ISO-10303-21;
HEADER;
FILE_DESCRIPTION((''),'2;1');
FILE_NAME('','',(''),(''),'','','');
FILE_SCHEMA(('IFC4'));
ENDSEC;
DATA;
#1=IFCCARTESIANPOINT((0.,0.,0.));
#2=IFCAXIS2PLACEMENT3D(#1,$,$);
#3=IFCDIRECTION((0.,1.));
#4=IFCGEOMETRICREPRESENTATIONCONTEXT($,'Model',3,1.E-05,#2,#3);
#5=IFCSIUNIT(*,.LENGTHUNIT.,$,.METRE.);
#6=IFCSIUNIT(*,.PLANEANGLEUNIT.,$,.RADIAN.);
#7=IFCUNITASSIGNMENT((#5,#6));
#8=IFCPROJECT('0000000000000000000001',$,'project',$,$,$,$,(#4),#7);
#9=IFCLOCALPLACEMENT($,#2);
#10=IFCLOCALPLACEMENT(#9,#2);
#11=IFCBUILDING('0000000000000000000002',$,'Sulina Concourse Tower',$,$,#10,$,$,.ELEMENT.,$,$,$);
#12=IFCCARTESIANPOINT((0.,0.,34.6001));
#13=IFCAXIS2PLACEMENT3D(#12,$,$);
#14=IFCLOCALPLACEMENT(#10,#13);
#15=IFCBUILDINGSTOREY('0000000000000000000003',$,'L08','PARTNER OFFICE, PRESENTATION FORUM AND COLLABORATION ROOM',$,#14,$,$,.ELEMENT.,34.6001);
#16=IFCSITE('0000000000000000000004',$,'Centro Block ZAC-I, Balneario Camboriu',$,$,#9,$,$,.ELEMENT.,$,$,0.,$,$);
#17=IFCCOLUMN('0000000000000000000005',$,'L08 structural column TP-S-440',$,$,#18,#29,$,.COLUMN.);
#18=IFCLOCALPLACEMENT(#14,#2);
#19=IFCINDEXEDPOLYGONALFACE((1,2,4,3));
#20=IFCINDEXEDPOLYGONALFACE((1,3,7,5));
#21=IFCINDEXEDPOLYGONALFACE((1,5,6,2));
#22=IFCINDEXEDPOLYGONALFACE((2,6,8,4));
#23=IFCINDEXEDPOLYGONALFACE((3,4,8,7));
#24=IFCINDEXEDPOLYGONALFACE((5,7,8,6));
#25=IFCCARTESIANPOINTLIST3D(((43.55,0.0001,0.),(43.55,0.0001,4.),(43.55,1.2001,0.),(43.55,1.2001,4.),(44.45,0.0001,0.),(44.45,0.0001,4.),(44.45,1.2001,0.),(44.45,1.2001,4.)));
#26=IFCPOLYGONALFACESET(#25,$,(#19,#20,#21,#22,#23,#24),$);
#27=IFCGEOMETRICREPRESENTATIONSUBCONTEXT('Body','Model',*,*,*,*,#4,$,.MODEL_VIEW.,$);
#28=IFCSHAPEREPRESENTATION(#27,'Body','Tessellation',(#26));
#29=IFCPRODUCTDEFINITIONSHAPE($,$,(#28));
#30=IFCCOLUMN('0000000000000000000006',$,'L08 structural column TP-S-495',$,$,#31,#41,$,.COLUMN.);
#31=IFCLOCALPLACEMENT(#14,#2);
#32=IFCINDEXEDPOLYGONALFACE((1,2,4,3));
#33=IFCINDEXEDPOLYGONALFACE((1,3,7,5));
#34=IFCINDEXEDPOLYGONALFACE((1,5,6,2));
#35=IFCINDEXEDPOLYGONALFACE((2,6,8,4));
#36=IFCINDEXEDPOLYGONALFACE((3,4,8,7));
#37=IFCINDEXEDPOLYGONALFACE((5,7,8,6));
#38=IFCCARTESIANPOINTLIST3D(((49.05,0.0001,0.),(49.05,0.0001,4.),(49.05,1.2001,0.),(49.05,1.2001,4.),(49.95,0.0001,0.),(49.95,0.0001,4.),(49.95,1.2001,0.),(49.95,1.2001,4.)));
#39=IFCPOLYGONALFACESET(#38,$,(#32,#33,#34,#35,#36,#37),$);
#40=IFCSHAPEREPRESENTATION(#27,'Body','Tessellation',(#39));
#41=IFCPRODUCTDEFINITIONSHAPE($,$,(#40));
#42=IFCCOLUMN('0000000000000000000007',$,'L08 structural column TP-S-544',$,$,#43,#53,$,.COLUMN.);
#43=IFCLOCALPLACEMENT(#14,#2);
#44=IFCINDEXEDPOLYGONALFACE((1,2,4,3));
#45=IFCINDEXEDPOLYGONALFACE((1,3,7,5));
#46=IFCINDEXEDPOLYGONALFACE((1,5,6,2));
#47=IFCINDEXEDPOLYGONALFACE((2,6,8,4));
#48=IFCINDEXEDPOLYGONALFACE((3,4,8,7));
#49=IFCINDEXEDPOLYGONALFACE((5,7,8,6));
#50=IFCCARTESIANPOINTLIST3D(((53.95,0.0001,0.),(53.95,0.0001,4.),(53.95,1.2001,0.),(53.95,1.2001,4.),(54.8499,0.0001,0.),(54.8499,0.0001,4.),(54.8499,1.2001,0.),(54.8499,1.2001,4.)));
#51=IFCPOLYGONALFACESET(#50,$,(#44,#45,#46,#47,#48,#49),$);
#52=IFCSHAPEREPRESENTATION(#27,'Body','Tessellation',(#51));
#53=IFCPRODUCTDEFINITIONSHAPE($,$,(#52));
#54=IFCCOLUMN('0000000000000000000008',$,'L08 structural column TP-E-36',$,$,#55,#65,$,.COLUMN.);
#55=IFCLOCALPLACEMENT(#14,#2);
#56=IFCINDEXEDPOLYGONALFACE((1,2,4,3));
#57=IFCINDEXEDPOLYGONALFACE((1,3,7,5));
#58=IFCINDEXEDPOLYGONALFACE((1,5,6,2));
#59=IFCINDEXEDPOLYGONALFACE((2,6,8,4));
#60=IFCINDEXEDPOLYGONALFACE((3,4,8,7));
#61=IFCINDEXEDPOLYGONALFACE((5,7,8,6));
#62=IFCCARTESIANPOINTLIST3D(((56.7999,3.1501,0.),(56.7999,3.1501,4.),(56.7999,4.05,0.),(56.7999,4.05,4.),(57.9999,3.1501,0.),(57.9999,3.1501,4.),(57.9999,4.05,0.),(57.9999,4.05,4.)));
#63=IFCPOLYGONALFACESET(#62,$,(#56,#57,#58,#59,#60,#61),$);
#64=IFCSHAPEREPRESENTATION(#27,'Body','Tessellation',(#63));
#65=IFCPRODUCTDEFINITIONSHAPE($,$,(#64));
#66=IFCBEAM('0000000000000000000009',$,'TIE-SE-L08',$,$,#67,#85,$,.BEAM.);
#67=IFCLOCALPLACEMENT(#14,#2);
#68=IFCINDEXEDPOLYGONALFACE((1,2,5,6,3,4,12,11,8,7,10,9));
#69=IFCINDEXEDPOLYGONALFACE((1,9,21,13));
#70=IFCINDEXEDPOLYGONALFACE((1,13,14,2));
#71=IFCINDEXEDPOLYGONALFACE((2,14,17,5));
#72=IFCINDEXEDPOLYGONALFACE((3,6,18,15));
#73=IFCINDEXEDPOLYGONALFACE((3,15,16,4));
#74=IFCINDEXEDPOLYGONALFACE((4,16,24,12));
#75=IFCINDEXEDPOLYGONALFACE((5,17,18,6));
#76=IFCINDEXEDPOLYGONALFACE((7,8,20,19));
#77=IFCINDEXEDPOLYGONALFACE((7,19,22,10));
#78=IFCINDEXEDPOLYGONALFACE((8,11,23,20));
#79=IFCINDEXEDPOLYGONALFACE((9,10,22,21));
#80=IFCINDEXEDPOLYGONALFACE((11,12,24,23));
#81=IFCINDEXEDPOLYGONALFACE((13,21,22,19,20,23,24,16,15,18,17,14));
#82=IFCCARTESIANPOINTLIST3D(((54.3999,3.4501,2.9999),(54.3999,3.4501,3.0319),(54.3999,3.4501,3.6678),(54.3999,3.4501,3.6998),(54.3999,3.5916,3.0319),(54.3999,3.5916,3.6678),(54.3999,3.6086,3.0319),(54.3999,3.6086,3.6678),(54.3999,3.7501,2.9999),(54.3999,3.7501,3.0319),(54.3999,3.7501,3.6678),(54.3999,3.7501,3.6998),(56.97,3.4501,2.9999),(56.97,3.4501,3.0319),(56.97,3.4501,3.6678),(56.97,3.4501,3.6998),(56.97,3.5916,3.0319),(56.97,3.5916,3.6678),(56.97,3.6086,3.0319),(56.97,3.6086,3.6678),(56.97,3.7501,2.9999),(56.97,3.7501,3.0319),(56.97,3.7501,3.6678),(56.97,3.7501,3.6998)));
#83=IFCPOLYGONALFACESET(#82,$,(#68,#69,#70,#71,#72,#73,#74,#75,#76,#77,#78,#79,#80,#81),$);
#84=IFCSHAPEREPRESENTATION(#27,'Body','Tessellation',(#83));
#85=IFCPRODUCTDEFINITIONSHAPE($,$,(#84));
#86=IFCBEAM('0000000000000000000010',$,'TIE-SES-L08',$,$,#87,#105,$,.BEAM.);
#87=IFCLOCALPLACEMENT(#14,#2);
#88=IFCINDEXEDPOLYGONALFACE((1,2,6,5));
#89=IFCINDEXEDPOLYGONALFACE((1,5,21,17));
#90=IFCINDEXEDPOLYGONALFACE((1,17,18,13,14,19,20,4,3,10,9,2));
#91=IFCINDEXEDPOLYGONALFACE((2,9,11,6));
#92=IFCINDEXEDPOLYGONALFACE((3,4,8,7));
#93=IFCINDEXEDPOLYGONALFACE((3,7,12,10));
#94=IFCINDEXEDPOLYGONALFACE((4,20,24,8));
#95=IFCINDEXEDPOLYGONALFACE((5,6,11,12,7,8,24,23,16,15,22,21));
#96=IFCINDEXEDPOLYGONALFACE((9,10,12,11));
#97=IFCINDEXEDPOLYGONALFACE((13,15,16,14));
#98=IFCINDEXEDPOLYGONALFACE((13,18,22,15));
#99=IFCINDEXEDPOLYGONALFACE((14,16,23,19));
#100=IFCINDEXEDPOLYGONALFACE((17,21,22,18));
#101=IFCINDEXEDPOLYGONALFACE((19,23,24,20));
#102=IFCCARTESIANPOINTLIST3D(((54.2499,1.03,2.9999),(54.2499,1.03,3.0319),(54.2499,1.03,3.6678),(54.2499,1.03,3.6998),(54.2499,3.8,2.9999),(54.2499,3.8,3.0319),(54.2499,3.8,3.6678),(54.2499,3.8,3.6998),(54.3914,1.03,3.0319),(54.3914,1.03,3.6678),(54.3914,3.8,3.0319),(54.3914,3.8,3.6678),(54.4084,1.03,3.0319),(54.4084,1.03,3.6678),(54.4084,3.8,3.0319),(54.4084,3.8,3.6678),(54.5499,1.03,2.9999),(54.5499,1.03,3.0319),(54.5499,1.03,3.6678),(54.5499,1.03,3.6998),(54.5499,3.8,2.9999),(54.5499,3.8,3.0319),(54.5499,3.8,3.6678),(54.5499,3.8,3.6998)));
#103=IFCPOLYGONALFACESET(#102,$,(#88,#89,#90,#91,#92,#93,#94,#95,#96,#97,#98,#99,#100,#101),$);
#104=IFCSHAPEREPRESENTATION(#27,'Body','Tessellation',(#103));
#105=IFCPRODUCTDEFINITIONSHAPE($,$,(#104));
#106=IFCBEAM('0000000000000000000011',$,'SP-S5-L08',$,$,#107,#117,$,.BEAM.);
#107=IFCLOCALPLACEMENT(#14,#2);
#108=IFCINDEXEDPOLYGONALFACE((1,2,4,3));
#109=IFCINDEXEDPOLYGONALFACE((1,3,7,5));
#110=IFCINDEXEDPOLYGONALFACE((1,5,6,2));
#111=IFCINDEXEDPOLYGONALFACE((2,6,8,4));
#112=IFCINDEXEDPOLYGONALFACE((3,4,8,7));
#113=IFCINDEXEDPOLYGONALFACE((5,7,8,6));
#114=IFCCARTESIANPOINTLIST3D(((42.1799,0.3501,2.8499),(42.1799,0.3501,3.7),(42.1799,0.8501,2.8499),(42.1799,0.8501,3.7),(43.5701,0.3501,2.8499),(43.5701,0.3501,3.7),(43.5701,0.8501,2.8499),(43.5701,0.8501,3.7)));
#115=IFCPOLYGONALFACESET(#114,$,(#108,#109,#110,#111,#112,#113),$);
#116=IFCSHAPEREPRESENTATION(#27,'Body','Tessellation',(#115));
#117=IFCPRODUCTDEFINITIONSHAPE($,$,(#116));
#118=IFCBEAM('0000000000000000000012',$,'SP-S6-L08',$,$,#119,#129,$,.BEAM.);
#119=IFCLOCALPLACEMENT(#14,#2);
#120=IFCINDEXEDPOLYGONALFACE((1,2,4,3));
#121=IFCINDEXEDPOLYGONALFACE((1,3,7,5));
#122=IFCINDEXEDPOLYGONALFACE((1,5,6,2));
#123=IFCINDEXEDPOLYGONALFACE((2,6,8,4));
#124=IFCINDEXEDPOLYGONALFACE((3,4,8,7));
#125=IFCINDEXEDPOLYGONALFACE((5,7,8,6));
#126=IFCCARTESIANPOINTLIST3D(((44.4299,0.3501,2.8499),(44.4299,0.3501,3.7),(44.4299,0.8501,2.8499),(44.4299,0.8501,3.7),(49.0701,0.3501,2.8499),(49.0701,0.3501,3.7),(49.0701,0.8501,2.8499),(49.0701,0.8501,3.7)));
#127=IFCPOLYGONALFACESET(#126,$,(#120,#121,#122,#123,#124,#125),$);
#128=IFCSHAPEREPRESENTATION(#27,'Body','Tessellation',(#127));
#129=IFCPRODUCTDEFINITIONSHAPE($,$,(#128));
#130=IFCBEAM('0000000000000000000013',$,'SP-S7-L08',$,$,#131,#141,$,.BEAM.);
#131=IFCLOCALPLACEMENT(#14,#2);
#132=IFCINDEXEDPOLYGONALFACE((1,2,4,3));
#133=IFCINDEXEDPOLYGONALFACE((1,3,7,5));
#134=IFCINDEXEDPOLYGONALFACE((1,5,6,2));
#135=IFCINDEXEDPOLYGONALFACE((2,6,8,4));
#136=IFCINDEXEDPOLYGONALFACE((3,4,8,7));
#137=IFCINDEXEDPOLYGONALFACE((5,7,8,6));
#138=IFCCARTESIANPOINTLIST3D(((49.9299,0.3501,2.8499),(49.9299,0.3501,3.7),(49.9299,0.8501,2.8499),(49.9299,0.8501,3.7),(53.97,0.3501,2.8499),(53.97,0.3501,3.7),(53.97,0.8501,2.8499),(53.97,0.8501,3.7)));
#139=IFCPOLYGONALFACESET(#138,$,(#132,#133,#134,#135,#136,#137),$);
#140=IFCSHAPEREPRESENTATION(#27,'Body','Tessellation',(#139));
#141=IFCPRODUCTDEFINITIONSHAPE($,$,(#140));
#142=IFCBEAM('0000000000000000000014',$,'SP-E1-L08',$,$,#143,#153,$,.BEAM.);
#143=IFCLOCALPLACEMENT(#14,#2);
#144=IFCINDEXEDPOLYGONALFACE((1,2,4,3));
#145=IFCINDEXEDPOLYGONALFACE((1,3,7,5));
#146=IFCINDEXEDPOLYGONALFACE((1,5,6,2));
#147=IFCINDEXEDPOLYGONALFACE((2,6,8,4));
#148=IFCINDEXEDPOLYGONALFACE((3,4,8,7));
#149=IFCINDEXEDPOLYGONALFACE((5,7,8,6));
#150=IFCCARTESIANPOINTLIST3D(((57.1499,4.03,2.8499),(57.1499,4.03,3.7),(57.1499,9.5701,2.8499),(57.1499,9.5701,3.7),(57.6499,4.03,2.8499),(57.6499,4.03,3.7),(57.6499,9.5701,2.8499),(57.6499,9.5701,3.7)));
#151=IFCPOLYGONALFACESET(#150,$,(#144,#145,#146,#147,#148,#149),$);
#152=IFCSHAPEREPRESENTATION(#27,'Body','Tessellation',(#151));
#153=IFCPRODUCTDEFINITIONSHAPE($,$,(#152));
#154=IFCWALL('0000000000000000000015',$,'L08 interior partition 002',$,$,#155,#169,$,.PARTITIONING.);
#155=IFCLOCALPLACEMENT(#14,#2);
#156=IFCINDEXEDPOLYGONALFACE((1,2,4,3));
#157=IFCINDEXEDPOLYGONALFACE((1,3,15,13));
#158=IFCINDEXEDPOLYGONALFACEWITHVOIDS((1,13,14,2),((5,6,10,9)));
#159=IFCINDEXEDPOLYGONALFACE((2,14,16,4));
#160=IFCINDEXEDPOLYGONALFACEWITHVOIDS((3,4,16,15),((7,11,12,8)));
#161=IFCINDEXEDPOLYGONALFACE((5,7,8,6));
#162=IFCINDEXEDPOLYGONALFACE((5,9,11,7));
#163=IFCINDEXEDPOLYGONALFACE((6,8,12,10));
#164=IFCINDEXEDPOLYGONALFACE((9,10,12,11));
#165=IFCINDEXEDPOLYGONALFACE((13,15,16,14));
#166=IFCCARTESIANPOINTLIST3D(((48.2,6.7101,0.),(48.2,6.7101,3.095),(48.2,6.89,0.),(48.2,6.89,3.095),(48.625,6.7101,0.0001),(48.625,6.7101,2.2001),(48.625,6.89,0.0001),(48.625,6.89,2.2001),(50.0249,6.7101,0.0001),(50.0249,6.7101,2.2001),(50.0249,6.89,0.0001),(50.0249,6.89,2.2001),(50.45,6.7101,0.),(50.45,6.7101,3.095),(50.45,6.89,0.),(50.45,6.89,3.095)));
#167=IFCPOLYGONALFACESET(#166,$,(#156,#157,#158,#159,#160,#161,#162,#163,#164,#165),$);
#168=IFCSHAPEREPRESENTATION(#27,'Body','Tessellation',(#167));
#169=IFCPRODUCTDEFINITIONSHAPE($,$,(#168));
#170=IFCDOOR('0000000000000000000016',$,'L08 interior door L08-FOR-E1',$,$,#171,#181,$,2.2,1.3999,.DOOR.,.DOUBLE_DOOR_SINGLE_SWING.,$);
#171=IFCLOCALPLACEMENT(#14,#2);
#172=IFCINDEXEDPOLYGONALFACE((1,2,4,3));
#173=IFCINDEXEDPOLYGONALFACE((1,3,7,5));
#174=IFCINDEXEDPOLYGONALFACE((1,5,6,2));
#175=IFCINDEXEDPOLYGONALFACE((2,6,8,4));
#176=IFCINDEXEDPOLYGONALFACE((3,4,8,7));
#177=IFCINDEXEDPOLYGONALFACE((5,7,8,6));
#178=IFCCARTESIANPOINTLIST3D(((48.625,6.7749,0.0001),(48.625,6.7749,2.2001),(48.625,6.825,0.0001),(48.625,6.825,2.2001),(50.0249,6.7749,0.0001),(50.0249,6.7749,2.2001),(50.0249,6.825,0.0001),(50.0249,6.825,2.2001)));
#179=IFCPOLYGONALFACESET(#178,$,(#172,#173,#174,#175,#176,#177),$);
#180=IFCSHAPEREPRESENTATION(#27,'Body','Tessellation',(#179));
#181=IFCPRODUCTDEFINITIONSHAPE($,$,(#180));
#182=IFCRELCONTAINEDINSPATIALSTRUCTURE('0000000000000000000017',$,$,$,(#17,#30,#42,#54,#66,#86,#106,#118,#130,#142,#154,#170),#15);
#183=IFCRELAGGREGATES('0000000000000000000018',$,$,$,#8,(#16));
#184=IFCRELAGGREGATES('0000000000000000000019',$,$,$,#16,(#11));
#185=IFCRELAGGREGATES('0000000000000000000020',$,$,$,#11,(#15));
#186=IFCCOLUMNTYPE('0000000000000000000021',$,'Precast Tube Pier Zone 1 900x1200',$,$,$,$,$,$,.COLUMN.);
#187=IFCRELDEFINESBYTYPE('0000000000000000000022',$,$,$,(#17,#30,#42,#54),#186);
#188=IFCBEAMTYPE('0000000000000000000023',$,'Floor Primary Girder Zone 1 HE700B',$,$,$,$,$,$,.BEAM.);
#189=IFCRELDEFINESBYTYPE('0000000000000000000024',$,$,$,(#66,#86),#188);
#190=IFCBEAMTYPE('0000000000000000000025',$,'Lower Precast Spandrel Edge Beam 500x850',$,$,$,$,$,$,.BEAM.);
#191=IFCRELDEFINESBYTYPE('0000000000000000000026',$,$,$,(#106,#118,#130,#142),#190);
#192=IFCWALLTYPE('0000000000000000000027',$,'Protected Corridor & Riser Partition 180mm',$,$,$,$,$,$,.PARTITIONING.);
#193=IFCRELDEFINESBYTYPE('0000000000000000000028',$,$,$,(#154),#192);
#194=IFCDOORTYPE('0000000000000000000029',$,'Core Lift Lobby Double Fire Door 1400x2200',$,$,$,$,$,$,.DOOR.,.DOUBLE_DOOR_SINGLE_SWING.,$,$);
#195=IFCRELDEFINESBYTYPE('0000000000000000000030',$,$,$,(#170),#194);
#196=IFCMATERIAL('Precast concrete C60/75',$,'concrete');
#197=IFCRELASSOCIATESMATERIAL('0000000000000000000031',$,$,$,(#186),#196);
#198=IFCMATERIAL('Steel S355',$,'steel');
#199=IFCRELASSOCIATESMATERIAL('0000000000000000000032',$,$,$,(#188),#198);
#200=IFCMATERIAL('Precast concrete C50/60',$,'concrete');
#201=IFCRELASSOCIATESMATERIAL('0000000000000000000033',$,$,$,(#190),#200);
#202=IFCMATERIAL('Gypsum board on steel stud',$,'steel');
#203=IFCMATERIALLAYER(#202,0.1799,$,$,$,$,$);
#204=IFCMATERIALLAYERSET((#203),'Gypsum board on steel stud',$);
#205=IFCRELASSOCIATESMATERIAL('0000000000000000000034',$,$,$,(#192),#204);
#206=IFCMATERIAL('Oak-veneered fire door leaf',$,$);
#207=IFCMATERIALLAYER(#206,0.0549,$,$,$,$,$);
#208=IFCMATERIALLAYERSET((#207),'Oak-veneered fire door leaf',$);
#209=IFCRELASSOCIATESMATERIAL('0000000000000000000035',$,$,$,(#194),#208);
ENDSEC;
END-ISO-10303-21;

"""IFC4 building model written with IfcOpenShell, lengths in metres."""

from ifc_helpers import new_model, si_unit, direction, frame, frame_2d, origin, origin_2d, place, context, subcontext, project, spatial, rectangle, i_section, extrude, material, layer, layer_set, material_profile, profile_set, type_object, element, fill, save


model = new_model("IFC4")

# Units and contexts
model_context = context("Model", 3, precision=1e-05, world=origin(), true_north=direction((0.0, 1.0)))
body_context = subcontext(model_context, "Body", "Model", "MODEL_VIEW")
ifc_project = project(units=[si_unit("LENGTHUNIT", "METRE"), si_unit("PLANEANGLEUNIT", "RADIAN")], contexts=[model_context])

# Site, building, storey
site_placement = place(None, origin())
site = spatial("IfcSite", under=ifc_project, at=site_placement, Name="Centro Block ZAC-I, Balneario Camboriu", CompositionType="ELEMENT", RefElevation=0.0)
building_placement = place(site_placement, origin())
building = spatial("IfcBuilding", under=site, at=building_placement, Name="Sulina Concourse Tower", CompositionType="ELEMENT")
storey_placement = place(building_placement, frame((0.0, 0.0, 34.6001)))
storey = spatial("IfcBuildingStorey", under=building, at=storey_placement, Name="L08", Description="PARTNER OFFICE, PRESENTATION FORUM AND COLLABORATION ROOM", CompositionType="ELEMENT", Elevation=34.6001)

# Columns
ifc_material_1 = material(Name="Precast concrete C60/75", Category="concrete")
ifc_material_profile_1 = material_profile(ifc_material_1, rectangle(XDim=0.8999, YDim=1.2, at=origin_2d()), Name="PC 900x1200")
ifc_profile_set_1 = profile_set([ifc_material_profile_1], Name="Precast concrete C60/75")
column_type = type_object("IfcColumnType", Name="Precast Tube Pier Zone 1 900x1200", PredefinedType="COLUMN", material=ifc_profile_set_1)
for number, where, z_axis, x_axis, name in (
    (1, (44.0, 0.6001, 0.0), (0.0, 0.0, 1.0), (1.0, 0.0, 0.0), "L08 structural column TP-S-440"),
    (2, (49.5, 0.6001, 0.0), (0.0, 0.0, 1.0), (1.0, 0.0, 0.0), "L08 structural column TP-S-495"),
    (3, (54.3999, 0.6001, 0.0), (0.0, 0.0, 1.0), (1.0, 0.0, 0.0), "L08 structural column TP-S-544"),
    (4, (57.3999, 3.6001, 0.0), (0.0, 0.0, 1.0), (0.0, 1.0, 0.0), "L08 structural column TP-E-36"),
):
    element("IfcColumn", number, at=place(storey_placement, frame(where, z_axis=z_axis, x_axis=x_axis)), inside=storey, type_object=column_type, Name=name, PredefinedType="COLUMN", context=body_context, shape_type="SweptSolid", body=[
        extrude(rectangle(XDim=0.8999, YDim=1.2, at=origin_2d()), origin(), (0.0, 0.0, 1.0), 4.0),
    ])

# Beams
ifc_material_2 = material(Name="Steel S355", Category="steel")
ifc_material_profile_2 = material_profile(ifc_material_2, i_section(OverallWidth=0.3, OverallDepth=0.7, WebThickness=0.0171, FlangeThickness=0.032, at=origin_2d()), Name="HE 700 B")
ifc_profile_set_2 = profile_set([ifc_material_profile_2], Name="Steel S355")
beam_type_1 = type_object("IfcBeamType", Name="Floor Primary Girder Zone 1 HE700B", PredefinedType="BEAM", material=ifc_profile_set_2)
beam_1_placement = place(storey_placement, frame((54.3999, 3.6001, 3.3499), z_axis=(1.0, 0.0, 0.0), x_axis=(0.0, 1.0, 0.0)))
element("IfcBeam", 5, at=beam_1_placement, inside=storey, type_object=beam_type_1, Name="TIE-SE-L08", PredefinedType="BEAM", context=body_context, shape_type="SweptSolid", body=[
    extrude(i_section(OverallWidth=0.3, OverallDepth=0.7, WebThickness=0.0171, FlangeThickness=0.032, at=origin_2d()), origin(), (0.0, 0.0, 1.0), 2.5701),
])
beam_2_placement = place(storey_placement, frame((54.3999, 1.03, 3.3499), z_axis=(0.0, 1.0, 0.0), x_axis=(-1.0, 0.0, 0.0)))
element("IfcBeam", 6, at=beam_2_placement, inside=storey, type_object=beam_type_1, Name="TIE-SES-L08", PredefinedType="BEAM", context=body_context, shape_type="SweptSolid", body=[
    extrude(i_section(OverallWidth=0.3, OverallDepth=0.7, WebThickness=0.0171, FlangeThickness=0.032, at=origin_2d()), origin(), (0.0, 0.0, 1.0), 2.77),
])
ifc_material_3 = material(Name="Precast concrete C50/60", Category="concrete")
ifc_material_profile_3 = material_profile(ifc_material_3, rectangle(XDim=0.5, YDim=0.8501, at=origin_2d()), Name="RC 500x850")
ifc_profile_set_3 = profile_set([ifc_material_profile_3], Name="Precast concrete C50/60")
beam_type_2 = type_object("IfcBeamType", Name="Lower Precast Spandrel Edge Beam 500x850", PredefinedType="BEAM", material=ifc_profile_set_3)
beam_3_placement = place(storey_placement, frame((42.1799, 0.6001, 3.2749), z_axis=(1.0, 0.0, 0.0), x_axis=(0.0, 1.0, 0.0)))
element("IfcBeam", 7, at=beam_3_placement, inside=storey, type_object=beam_type_2, Name="SP-S5-L08", PredefinedType="BEAM", context=body_context, shape_type="SweptSolid", body=[
    extrude(rectangle(XDim=0.5, YDim=0.8501, at=origin_2d()), origin(), (0.0, 0.0, 1.0), 1.3901),
])
beam_4_placement = place(storey_placement, frame((44.4299, 0.6001, 3.2749), z_axis=(1.0, 0.0, 0.0), x_axis=(0.0, 1.0, 0.0)))
element("IfcBeam", 8, at=beam_4_placement, inside=storey, type_object=beam_type_2, Name="SP-S6-L08", PredefinedType="BEAM", context=body_context, shape_type="SweptSolid", body=[
    extrude(rectangle(XDim=0.5, YDim=0.8501, at=origin_2d()), origin(), (0.0, 0.0, 1.0), 4.6401),
])
beam_5_placement = place(storey_placement, frame((49.9299, 0.6001, 3.2749), z_axis=(1.0, 0.0, 0.0), x_axis=(0.0, 1.0, 0.0)))
element("IfcBeam", 9, at=beam_5_placement, inside=storey, type_object=beam_type_2, Name="SP-S7-L08", PredefinedType="BEAM", context=body_context, shape_type="SweptSolid", body=[
    extrude(rectangle(XDim=0.5, YDim=0.8501, at=origin_2d()), origin(), (0.0, 0.0, 1.0), 4.04),
])
beam_6_placement = place(storey_placement, frame((57.3999, 4.03, 3.2749), z_axis=(0.0, 1.0, 0.0), x_axis=(-1.0, 0.0, 0.0)))
element("IfcBeam", 10, at=beam_6_placement, inside=storey, type_object=beam_type_2, Name="SP-E1-L08", PredefinedType="BEAM", context=body_context, shape_type="SweptSolid", body=[
    extrude(rectangle(XDim=0.5, YDim=0.8501, at=origin_2d()), origin(), (0.0, 0.0, 1.0), 5.54),
])

# Wall, opening, door
ifc_material_4 = material(Name="Gypsum board on steel stud", Category="steel")
ifc_layer_1 = layer(ifc_material_4, 0.1799)
ifc_layer_set_1 = layer_set([ifc_layer_1], Name="Gypsum board on steel stud")
wall_type_1 = type_object("IfcWallType", Name="Protected Corridor & Riser Partition 180mm", PredefinedType="PARTITIONING", material=ifc_layer_set_1)
wall_1_placement = place(storey_placement, frame((48.2, 6.8, 0.0), z_axis=(0.0, 0.0, 1.0), x_axis=(1.0, 0.0, 0.0)))
wall_1 = element("IfcWall", 11, at=wall_1_placement, inside=storey, type_object=wall_type_1, Name="L08 interior partition 002", PredefinedType="PARTITIONING", context=body_context, shape_type="SweptSolid", body=[
    extrude(rectangle(XDim=2.25, YDim=0.1799, at=frame_2d((1.125, 0.0))), origin(), (0.0, 0.0, 1.0), 3.095),
])
opening_placement = place(wall_1_placement, frame((0.425, 0.0, 0.0)))
opening = element("IfcOpeningElement", 12, at=opening_placement, cuts=wall_1, PredefinedType="OPENING", context=body_context, shape_type="SweptSolid", body=[
    extrude(rectangle(XDim=1.3999, YDim=2.2, at=frame_2d((0.7, 1.1001))), frame((0.0, 0.0999, 0.0), z_axis=(0.0, -1.0, 0.0), x_axis=(1.0, 0.0, 0.0)), (0.0, 0.0, 1.0), 0.2),
])
ifc_material_5 = material(Name="Oak-veneered fire door leaf")
ifc_layer_2 = layer(ifc_material_5, 0.0549)
ifc_layer_set_2 = layer_set([ifc_layer_2], Name="Oak-veneered fire door leaf")
door_type = type_object("IfcDoorType", Name="Core Lift Lobby Double Fire Door 1400x2200", OperationType="DOUBLE_DOOR_SINGLE_SWING", PredefinedType="DOOR", material=ifc_layer_set_2)
door_placement = place(opening_placement, origin())
door = element("IfcDoor", 13, at=door_placement, inside=storey, type_object=door_type, Name="L08 interior door L08-FOR-E1", OperationType="DOUBLE_DOOR_SINGLE_SWING", OverallHeight=2.2, OverallWidth=1.3999, PredefinedType="DOOR", context=body_context, shape_type="SweptSolid", body=[
    extrude(rectangle(XDim=1.3999, YDim=2.2, at=frame_2d((0.7, 1.1001))), frame((0.0, 0.0249, 0.0), z_axis=(0.0, -1.0, 0.0), x_axis=(1.0, 0.0, 0.0)), (0.0, 0.0, 1.0), 0.05),
])
fill(opening, door)

save(model, "model.ifc")
